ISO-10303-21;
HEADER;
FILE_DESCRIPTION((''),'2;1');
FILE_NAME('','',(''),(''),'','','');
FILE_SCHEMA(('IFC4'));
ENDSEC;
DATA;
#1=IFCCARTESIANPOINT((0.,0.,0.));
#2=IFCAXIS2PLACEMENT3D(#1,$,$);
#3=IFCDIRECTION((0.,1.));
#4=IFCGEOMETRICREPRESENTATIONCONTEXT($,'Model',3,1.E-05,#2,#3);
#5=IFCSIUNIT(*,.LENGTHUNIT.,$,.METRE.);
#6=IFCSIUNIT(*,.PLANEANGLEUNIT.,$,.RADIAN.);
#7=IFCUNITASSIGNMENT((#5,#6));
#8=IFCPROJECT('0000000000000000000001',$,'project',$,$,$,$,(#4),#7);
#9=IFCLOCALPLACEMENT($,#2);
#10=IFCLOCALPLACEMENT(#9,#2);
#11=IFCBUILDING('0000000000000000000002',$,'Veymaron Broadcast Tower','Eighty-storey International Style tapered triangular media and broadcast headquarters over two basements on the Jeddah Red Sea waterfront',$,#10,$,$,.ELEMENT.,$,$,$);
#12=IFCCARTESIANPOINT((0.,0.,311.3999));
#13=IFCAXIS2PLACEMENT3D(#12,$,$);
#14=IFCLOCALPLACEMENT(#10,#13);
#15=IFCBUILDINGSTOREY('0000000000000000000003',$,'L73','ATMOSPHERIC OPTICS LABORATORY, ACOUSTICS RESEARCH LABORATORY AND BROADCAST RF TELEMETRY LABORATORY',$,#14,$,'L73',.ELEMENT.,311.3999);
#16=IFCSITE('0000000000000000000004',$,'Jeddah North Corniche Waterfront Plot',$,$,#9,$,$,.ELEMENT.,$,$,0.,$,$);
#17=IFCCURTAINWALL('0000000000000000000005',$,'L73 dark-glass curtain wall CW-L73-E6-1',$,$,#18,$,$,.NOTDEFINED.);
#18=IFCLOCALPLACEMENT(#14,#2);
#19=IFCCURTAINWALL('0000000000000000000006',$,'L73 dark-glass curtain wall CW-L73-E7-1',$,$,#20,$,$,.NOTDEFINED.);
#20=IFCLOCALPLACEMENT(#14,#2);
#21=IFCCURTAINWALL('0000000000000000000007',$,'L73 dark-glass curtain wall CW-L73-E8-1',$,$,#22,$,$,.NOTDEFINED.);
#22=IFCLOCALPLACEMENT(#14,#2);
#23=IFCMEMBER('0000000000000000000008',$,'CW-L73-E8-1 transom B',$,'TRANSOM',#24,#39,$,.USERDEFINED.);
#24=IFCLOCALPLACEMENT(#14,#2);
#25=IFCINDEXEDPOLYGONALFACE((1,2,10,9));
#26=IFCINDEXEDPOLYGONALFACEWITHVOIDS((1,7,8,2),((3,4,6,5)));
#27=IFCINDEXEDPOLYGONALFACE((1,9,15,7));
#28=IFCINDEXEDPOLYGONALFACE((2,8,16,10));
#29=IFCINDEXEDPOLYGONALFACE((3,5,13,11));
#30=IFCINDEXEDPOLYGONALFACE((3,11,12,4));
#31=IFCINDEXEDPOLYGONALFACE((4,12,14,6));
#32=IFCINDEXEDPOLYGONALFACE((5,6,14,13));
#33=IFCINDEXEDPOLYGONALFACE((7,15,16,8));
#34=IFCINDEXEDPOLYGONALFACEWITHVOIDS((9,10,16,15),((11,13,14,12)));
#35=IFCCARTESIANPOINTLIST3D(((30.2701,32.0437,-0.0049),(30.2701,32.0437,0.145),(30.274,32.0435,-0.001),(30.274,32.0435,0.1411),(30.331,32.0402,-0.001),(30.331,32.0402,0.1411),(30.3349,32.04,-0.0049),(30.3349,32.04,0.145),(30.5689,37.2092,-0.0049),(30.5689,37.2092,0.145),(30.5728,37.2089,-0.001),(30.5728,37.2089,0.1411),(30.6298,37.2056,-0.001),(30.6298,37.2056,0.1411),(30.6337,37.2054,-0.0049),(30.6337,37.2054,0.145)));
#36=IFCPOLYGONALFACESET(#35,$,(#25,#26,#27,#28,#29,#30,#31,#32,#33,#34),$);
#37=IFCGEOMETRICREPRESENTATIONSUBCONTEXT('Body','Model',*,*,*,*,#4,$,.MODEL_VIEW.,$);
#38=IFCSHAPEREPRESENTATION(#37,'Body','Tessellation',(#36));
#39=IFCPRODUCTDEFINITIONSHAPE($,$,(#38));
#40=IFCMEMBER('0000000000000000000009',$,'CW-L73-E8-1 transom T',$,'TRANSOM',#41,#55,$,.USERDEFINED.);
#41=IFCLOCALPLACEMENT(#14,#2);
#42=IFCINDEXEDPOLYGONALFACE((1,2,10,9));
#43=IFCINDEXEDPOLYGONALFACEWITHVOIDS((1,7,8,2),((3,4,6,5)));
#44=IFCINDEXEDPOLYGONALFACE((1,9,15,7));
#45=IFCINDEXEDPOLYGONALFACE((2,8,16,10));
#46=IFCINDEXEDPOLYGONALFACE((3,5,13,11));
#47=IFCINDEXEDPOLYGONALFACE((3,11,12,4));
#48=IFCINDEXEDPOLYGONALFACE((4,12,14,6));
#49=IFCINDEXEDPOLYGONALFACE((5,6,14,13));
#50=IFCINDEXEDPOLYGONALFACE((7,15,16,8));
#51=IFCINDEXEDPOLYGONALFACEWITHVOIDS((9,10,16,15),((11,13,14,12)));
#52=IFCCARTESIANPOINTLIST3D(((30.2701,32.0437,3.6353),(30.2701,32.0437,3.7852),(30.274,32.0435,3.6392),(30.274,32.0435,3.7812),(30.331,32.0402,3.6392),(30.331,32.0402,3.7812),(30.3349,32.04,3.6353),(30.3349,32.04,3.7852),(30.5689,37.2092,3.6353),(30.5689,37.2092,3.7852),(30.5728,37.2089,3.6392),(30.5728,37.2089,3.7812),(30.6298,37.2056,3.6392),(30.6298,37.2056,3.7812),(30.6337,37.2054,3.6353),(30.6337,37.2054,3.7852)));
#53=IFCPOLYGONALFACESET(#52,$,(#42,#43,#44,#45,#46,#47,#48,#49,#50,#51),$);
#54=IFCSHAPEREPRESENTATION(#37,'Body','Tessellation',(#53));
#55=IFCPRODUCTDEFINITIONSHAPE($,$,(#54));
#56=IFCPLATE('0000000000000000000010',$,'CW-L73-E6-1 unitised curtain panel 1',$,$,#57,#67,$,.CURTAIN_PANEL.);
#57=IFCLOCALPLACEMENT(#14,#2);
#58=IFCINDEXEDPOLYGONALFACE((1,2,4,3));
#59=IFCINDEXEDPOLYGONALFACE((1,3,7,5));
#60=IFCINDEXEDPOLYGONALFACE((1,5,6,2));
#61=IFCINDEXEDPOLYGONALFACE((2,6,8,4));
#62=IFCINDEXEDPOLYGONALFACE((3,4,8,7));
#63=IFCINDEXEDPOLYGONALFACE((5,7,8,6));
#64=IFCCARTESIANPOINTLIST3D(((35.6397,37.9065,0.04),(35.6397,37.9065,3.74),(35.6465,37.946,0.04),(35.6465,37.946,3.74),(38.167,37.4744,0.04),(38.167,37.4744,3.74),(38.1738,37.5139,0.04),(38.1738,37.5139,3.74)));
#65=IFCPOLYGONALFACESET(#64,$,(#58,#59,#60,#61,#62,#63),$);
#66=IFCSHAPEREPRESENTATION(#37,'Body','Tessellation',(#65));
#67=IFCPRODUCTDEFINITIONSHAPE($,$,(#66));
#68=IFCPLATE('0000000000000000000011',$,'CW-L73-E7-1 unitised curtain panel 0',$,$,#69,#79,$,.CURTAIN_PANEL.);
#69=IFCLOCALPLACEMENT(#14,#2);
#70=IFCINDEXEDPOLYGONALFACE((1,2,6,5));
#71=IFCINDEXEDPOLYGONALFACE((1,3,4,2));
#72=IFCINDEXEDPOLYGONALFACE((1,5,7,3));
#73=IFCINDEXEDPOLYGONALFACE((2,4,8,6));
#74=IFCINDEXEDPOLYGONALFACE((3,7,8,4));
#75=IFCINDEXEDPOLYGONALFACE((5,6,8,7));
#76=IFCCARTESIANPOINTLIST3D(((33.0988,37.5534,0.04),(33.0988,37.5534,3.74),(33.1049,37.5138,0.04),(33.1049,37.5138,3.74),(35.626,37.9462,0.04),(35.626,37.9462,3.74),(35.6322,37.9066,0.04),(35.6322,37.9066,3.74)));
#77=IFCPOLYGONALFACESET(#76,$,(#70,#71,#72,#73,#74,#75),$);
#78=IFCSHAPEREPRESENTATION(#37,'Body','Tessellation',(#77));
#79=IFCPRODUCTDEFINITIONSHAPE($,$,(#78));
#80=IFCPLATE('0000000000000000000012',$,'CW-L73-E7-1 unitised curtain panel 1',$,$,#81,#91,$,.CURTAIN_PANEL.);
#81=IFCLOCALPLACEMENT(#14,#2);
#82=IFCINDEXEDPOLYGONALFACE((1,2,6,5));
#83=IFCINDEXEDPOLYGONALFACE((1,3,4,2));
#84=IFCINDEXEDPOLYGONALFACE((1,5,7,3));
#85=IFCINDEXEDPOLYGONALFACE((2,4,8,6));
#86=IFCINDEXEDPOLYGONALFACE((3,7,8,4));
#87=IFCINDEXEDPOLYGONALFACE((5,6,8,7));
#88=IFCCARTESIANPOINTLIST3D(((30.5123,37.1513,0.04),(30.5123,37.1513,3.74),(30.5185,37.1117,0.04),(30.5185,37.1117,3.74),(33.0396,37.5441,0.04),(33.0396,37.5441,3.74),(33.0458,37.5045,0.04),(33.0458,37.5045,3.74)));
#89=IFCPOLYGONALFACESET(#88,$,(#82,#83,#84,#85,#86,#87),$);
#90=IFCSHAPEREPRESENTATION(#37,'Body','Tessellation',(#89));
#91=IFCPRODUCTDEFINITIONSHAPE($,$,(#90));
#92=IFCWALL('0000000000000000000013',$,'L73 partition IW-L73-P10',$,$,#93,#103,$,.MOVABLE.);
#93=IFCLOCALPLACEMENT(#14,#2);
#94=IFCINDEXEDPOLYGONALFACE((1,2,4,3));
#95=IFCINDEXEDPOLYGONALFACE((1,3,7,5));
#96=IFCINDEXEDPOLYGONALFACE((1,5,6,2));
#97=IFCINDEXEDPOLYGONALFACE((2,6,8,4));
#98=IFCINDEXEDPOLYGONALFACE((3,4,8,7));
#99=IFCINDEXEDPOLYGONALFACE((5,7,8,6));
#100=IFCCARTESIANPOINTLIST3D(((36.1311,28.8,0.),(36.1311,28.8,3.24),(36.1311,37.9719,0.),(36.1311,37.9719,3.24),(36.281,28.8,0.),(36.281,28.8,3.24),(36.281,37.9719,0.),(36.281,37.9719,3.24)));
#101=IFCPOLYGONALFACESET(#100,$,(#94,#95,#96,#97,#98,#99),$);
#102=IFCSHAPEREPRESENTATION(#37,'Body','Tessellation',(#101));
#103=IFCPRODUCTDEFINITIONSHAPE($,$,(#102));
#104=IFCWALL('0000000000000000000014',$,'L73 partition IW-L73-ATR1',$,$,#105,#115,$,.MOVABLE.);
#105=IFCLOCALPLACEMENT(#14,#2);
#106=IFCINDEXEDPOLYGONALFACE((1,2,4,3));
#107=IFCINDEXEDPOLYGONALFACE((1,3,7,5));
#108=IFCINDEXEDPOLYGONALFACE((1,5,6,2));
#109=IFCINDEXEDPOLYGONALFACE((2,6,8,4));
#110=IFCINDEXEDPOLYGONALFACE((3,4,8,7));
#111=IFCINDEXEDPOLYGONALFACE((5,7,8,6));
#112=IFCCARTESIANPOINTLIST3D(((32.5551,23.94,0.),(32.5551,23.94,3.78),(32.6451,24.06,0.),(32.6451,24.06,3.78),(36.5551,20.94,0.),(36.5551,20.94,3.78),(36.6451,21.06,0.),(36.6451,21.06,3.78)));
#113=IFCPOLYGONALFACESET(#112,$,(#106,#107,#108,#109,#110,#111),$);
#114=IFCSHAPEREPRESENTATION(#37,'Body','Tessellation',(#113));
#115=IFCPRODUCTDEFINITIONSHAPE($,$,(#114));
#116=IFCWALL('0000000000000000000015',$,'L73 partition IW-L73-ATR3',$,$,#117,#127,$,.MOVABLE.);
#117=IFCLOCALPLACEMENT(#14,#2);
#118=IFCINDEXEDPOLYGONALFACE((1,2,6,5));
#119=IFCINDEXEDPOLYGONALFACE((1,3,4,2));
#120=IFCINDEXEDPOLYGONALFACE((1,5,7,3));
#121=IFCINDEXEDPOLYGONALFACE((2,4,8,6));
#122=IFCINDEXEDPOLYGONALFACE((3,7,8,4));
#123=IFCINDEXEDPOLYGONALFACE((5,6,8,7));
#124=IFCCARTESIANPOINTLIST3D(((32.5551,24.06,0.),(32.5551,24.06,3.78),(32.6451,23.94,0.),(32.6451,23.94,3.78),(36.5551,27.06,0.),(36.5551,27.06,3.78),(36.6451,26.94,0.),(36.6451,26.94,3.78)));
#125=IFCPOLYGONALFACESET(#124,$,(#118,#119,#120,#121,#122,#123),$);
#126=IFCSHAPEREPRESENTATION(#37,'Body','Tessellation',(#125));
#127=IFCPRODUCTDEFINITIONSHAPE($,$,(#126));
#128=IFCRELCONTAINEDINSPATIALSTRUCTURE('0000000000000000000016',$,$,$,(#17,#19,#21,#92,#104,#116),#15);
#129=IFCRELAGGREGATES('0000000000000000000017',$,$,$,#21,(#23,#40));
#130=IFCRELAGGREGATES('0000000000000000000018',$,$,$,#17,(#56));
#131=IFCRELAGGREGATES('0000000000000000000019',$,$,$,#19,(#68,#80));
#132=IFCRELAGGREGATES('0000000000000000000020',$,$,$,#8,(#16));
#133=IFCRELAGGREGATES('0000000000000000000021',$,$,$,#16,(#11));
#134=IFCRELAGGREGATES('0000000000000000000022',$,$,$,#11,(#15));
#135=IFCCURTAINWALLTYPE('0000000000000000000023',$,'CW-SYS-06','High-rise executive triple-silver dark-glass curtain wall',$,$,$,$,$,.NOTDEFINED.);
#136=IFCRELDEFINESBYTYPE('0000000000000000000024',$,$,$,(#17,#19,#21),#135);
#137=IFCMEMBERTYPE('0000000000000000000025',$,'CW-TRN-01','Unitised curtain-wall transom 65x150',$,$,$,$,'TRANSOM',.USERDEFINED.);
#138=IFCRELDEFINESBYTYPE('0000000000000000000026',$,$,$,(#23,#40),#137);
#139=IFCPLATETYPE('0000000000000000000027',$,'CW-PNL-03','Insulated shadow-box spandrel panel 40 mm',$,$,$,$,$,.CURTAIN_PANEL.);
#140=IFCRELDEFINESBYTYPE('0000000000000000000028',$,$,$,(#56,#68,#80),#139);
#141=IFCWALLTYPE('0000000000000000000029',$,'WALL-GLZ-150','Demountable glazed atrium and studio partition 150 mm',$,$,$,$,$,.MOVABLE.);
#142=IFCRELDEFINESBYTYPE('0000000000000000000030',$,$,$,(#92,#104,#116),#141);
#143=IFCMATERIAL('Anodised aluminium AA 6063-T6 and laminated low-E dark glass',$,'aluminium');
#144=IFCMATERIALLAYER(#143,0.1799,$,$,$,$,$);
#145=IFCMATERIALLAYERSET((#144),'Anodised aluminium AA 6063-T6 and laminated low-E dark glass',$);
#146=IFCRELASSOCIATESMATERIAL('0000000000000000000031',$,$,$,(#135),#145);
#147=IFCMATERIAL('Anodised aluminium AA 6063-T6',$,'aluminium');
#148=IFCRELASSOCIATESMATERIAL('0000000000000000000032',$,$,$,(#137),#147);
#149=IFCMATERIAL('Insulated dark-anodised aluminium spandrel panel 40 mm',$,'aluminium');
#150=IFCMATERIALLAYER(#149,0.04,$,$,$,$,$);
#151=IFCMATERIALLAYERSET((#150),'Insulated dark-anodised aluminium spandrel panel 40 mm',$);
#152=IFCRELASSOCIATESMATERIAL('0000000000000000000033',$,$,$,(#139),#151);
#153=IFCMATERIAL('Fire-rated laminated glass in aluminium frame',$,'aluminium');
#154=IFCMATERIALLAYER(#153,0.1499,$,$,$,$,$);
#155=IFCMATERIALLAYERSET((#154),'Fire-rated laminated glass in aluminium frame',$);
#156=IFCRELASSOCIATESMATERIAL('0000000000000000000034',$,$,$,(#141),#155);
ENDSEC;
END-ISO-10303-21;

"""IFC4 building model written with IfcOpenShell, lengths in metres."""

from ifc_helpers import new_model, si_unit, direction, frame, frame_2d, origin, origin_2d, place, context, subcontext, project, spatial, rectangle, hollow_rectangle, extrude, material, layer, layer_set, material_profile, profile_set, type_object, element, aggregate, save


model = new_model("IFC4")

# Units and contexts
model_context = context("Model", 3, precision=1e-05, world=origin(), true_north=direction((0.0, 1.0)))
body_context = subcontext(model_context, "Body", "Model", "MODEL_VIEW")
ifc_project = project(units=[si_unit("LENGTHUNIT", "METRE"), si_unit("PLANEANGLEUNIT", "RADIAN")], contexts=[model_context])

# Site, building, storey
site_placement = place(None, origin())
site = spatial("IfcSite", under=ifc_project, at=site_placement, Name="Jeddah North Corniche Waterfront Plot", CompositionType="ELEMENT", RefElevation=0.0)
building_placement = place(site_placement, origin())
building = spatial("IfcBuilding", under=site, at=building_placement, Name="Veymaron Broadcast Tower", Description="Eighty-storey International Style tapered triangular media and broadcast headquarters over two basements on the Jeddah Red Sea waterfront", CompositionType="ELEMENT")
storey_placement = place(building_placement, frame((0.0, 0.0, 311.3999)))
storey = spatial("IfcBuildingStorey", under=building, at=storey_placement, Name="L73", Description="ATMOSPHERIC OPTICS LABORATORY, ACOUSTICS RESEARCH LABORATORY AND BROADCAST RF TELEMETRY LABORATORY", LongName="L73", CompositionType="ELEMENT", Elevation=311.3999)

# Curtain wall
ifc_material_1 = material(Name="Anodised aluminium AA 6063-T6 and laminated low-E dark glass", Category="aluminium")
ifc_layer_1 = layer(ifc_material_1, 0.1799)
ifc_layer_set_1 = layer_set([ifc_layer_1], Name="Anodised aluminium AA 6063-T6 and laminated low-E dark glass")
curtain_wall_type = type_object("IfcCurtainWallType", Name="CW-SYS-06", Description="High-rise executive triple-silver dark-glass curtain wall", PredefinedType="NOTDEFINED", material=ifc_layer_set_1)
curtain_wall_1_placement = place(storey_placement, origin())
curtain_wall_1 = element("IfcCurtainWall", 1, at=curtain_wall_1_placement, inside=storey, type_object=curtain_wall_type, Name="L73 dark-glass curtain wall CW-L73-E6-1", PredefinedType="NOTDEFINED")
ifc_material_2 = material(Name="Anodised aluminium AA 6063-T6", Category="aluminium")

# Curtain wall
curtain_wall_2_placement = place(storey_placement, origin())
curtain_wall_2 = element("IfcCurtainWall", 2, at=curtain_wall_2_placement, inside=storey, type_object=curtain_wall_type, Name="L73 dark-glass curtain wall CW-L73-E7-1", PredefinedType="NOTDEFINED")

# Curtain wall
curtain_wall_3_placement = place(storey_placement, origin())
curtain_wall_3 = element("IfcCurtainWall", 3, at=curtain_wall_3_placement, inside=storey, type_object=curtain_wall_type, Name="L73 dark-glass curtain wall CW-L73-E8-1", PredefinedType="NOTDEFINED")

# Members
ifc_material_profile_1 = material_profile(ifc_material_2, hollow_rectangle(XDim=0.0649, YDim=0.1499, WallThickness=0.0039, at=origin_2d()), Name="AL150X65X4")
ifc_profile_set_1 = profile_set([ifc_material_profile_1], Name="Anodised aluminium AA 6063-T6")
member_type_1 = type_object("IfcMemberType", Name="CW-TRN-01", Description="Unitised curtain-wall transom 65x150", ElementType="TRANSOM", PredefinedType="USERDEFINED", material=ifc_profile_set_1)
member_1_placement = place(storey_placement, frame((30.6013, 37.2073, 0.0701), z_axis=(-0.057754, -0.998331, 0.0), x_axis=(0.998331, -0.057754, 0.0)))
member_1 = element("IfcMember", 4, at=member_1_placement, type_object=member_type_1, Name="CW-L73-E8-1 transom B", ObjectType="TRANSOM", PredefinedType="USERDEFINED", context=body_context, shape_type="SweptSolid", body=[
    extrude(hollow_rectangle(XDim=0.0649, YDim=0.1499, WallThickness=0.0039, at=origin_2d()), origin(), (0.0, 0.0, 1.0), 5.1741),
])
member_2_placement = place(storey_placement, frame((30.6013, 37.2073, 3.7102), z_axis=(-0.057754, -0.998331, 0.0), x_axis=(0.998331, -0.057754, 0.0)))
member_2 = element("IfcMember", 5, at=member_2_placement, type_object=member_type_1, Name="CW-L73-E8-1 transom T", ObjectType="TRANSOM", PredefinedType="USERDEFINED", context=body_context, shape_type="SweptSolid", body=[
    extrude(hollow_rectangle(XDim=0.0649, YDim=0.1499, WallThickness=0.0039, at=origin_2d()), origin(), (0.0, 0.0, 1.0), 5.1741),
])
aggregate(curtain_wall_3, [member_1, member_2])

# Plates
ifc_material_3 = material(Name="Insulated dark-anodised aluminium spandrel panel 40 mm", Category="aluminium")
ifc_layer_2 = layer(ifc_material_3, 0.04)
ifc_layer_set_2 = layer_set([ifc_layer_2], Name="Insulated dark-anodised aluminium spandrel panel 40 mm")
plate_type = type_object("IfcPlateType", Name="CW-PNL-03", Description="Insulated shadow-box spandrel panel 40 mm", PredefinedType="CURTAIN_PANEL", material=ifc_layer_set_2)
plate_1_placement = place(storey_placement, frame((36.9067, 37.7102, 0.04), z_axis=(0.0, 0.0, 1.0), x_axis=(-0.985698, 0.168524, 0.0)))
plate_1 = element("IfcPlate", 6, at=plate_1_placement, type_object=plate_type, Name="CW-L73-E6-1 unitised curtain panel 1", PredefinedType="CURTAIN_PANEL", context=body_context, shape_type="SweptSolid", body=[
    extrude(rectangle(XDim=2.564, YDim=0.04, at=origin_2d()), origin(), (0.0, 0.0, 1.0), 3.7),
])
aggregate(curtain_wall_1, [plate_1])
plate_2_placement = place(storey_placement, frame((34.3655, 37.73, 0.04), z_axis=(0.0, 0.0, 1.0), x_axis=(-0.988135, -0.153589, 0.0)))
plate_2 = element("IfcPlate", 7, at=plate_2_placement, type_object=plate_type, Name="CW-L73-E7-1 unitised curtain panel 0", PredefinedType="CURTAIN_PANEL", context=body_context, shape_type="SweptSolid", body=[
    extrude(rectangle(XDim=2.5576, YDim=0.04, at=origin_2d()), origin(), (0.0, 0.0, 1.0), 3.7),
])
plate_3_placement = place(storey_placement, frame((31.7791, 37.3279, 0.04), z_axis=(0.0, 0.0, 1.0), x_axis=(-0.988135, -0.153589, 0.0)))
plate_3 = element("IfcPlate", 8, at=plate_3_placement, type_object=plate_type, Name="CW-L73-E7-1 unitised curtain panel 1", PredefinedType="CURTAIN_PANEL", context=body_context, shape_type="SweptSolid", body=[
    extrude(rectangle(XDim=2.5576, YDim=0.04, at=origin_2d()), origin(), (0.0, 0.0, 1.0), 3.7),
])
aggregate(curtain_wall_2, [plate_2, plate_3])

# Walls
ifc_material_4 = material(Name="Fire-rated laminated glass in aluminium frame", Category="aluminium")
ifc_layer_3 = layer(ifc_material_4, 0.1499)
ifc_layer_set_3 = layer_set([ifc_layer_3], Name="Fire-rated laminated glass in aluminium frame")
wall_type_1 = type_object("IfcWallType", Name="WALL-GLZ-150", Description="Demountable glazed atrium and studio partition 150 mm", PredefinedType="MOVABLE", material=ifc_layer_set_3)
wall_1_placement = place(storey_placement, frame((36.2061, 28.8, 0.0), z_axis=(0.0, 0.0, 1.0), x_axis=(0.0, 1.0, 0.0)))
element("IfcWall", 9, at=wall_1_placement, inside=storey, type_object=wall_type_1, Name="L73 partition IW-L73-P10", PredefinedType="MOVABLE", context=body_context, shape_type="SweptSolid", body=[
    extrude(rectangle(XDim=9.1719, YDim=0.1499, at=frame_2d((4.5859, 0.0))), origin(), (0.0, 0.0, 1.0), 3.24),
])
for number, where, z_axis, x_axis, name in (
    (10, (32.6001, 24.0, 0.0), (0.0, 0.0, 1.0), (0.8, -0.6, 0.0), "L73 partition IW-L73-ATR1"),
    (11, (36.6001, 27.0, 0.0), (0.0, 0.0, 1.0), (-0.8, -0.6, 0.0), "L73 partition IW-L73-ATR3"),
):
    element("IfcWall", number, at=place(storey_placement, frame(where, z_axis=z_axis, x_axis=x_axis)), inside=storey, type_object=wall_type_1, Name=name, PredefinedType="MOVABLE", context=body_context, shape_type="SweptSolid", body=[
        extrude(rectangle(XDim=5.0, YDim=0.1499, at=frame_2d((2.5, 0.0))), origin(), (0.0, 0.0, 1.0), 3.78),
    ])

save(model, "model.ifc")
